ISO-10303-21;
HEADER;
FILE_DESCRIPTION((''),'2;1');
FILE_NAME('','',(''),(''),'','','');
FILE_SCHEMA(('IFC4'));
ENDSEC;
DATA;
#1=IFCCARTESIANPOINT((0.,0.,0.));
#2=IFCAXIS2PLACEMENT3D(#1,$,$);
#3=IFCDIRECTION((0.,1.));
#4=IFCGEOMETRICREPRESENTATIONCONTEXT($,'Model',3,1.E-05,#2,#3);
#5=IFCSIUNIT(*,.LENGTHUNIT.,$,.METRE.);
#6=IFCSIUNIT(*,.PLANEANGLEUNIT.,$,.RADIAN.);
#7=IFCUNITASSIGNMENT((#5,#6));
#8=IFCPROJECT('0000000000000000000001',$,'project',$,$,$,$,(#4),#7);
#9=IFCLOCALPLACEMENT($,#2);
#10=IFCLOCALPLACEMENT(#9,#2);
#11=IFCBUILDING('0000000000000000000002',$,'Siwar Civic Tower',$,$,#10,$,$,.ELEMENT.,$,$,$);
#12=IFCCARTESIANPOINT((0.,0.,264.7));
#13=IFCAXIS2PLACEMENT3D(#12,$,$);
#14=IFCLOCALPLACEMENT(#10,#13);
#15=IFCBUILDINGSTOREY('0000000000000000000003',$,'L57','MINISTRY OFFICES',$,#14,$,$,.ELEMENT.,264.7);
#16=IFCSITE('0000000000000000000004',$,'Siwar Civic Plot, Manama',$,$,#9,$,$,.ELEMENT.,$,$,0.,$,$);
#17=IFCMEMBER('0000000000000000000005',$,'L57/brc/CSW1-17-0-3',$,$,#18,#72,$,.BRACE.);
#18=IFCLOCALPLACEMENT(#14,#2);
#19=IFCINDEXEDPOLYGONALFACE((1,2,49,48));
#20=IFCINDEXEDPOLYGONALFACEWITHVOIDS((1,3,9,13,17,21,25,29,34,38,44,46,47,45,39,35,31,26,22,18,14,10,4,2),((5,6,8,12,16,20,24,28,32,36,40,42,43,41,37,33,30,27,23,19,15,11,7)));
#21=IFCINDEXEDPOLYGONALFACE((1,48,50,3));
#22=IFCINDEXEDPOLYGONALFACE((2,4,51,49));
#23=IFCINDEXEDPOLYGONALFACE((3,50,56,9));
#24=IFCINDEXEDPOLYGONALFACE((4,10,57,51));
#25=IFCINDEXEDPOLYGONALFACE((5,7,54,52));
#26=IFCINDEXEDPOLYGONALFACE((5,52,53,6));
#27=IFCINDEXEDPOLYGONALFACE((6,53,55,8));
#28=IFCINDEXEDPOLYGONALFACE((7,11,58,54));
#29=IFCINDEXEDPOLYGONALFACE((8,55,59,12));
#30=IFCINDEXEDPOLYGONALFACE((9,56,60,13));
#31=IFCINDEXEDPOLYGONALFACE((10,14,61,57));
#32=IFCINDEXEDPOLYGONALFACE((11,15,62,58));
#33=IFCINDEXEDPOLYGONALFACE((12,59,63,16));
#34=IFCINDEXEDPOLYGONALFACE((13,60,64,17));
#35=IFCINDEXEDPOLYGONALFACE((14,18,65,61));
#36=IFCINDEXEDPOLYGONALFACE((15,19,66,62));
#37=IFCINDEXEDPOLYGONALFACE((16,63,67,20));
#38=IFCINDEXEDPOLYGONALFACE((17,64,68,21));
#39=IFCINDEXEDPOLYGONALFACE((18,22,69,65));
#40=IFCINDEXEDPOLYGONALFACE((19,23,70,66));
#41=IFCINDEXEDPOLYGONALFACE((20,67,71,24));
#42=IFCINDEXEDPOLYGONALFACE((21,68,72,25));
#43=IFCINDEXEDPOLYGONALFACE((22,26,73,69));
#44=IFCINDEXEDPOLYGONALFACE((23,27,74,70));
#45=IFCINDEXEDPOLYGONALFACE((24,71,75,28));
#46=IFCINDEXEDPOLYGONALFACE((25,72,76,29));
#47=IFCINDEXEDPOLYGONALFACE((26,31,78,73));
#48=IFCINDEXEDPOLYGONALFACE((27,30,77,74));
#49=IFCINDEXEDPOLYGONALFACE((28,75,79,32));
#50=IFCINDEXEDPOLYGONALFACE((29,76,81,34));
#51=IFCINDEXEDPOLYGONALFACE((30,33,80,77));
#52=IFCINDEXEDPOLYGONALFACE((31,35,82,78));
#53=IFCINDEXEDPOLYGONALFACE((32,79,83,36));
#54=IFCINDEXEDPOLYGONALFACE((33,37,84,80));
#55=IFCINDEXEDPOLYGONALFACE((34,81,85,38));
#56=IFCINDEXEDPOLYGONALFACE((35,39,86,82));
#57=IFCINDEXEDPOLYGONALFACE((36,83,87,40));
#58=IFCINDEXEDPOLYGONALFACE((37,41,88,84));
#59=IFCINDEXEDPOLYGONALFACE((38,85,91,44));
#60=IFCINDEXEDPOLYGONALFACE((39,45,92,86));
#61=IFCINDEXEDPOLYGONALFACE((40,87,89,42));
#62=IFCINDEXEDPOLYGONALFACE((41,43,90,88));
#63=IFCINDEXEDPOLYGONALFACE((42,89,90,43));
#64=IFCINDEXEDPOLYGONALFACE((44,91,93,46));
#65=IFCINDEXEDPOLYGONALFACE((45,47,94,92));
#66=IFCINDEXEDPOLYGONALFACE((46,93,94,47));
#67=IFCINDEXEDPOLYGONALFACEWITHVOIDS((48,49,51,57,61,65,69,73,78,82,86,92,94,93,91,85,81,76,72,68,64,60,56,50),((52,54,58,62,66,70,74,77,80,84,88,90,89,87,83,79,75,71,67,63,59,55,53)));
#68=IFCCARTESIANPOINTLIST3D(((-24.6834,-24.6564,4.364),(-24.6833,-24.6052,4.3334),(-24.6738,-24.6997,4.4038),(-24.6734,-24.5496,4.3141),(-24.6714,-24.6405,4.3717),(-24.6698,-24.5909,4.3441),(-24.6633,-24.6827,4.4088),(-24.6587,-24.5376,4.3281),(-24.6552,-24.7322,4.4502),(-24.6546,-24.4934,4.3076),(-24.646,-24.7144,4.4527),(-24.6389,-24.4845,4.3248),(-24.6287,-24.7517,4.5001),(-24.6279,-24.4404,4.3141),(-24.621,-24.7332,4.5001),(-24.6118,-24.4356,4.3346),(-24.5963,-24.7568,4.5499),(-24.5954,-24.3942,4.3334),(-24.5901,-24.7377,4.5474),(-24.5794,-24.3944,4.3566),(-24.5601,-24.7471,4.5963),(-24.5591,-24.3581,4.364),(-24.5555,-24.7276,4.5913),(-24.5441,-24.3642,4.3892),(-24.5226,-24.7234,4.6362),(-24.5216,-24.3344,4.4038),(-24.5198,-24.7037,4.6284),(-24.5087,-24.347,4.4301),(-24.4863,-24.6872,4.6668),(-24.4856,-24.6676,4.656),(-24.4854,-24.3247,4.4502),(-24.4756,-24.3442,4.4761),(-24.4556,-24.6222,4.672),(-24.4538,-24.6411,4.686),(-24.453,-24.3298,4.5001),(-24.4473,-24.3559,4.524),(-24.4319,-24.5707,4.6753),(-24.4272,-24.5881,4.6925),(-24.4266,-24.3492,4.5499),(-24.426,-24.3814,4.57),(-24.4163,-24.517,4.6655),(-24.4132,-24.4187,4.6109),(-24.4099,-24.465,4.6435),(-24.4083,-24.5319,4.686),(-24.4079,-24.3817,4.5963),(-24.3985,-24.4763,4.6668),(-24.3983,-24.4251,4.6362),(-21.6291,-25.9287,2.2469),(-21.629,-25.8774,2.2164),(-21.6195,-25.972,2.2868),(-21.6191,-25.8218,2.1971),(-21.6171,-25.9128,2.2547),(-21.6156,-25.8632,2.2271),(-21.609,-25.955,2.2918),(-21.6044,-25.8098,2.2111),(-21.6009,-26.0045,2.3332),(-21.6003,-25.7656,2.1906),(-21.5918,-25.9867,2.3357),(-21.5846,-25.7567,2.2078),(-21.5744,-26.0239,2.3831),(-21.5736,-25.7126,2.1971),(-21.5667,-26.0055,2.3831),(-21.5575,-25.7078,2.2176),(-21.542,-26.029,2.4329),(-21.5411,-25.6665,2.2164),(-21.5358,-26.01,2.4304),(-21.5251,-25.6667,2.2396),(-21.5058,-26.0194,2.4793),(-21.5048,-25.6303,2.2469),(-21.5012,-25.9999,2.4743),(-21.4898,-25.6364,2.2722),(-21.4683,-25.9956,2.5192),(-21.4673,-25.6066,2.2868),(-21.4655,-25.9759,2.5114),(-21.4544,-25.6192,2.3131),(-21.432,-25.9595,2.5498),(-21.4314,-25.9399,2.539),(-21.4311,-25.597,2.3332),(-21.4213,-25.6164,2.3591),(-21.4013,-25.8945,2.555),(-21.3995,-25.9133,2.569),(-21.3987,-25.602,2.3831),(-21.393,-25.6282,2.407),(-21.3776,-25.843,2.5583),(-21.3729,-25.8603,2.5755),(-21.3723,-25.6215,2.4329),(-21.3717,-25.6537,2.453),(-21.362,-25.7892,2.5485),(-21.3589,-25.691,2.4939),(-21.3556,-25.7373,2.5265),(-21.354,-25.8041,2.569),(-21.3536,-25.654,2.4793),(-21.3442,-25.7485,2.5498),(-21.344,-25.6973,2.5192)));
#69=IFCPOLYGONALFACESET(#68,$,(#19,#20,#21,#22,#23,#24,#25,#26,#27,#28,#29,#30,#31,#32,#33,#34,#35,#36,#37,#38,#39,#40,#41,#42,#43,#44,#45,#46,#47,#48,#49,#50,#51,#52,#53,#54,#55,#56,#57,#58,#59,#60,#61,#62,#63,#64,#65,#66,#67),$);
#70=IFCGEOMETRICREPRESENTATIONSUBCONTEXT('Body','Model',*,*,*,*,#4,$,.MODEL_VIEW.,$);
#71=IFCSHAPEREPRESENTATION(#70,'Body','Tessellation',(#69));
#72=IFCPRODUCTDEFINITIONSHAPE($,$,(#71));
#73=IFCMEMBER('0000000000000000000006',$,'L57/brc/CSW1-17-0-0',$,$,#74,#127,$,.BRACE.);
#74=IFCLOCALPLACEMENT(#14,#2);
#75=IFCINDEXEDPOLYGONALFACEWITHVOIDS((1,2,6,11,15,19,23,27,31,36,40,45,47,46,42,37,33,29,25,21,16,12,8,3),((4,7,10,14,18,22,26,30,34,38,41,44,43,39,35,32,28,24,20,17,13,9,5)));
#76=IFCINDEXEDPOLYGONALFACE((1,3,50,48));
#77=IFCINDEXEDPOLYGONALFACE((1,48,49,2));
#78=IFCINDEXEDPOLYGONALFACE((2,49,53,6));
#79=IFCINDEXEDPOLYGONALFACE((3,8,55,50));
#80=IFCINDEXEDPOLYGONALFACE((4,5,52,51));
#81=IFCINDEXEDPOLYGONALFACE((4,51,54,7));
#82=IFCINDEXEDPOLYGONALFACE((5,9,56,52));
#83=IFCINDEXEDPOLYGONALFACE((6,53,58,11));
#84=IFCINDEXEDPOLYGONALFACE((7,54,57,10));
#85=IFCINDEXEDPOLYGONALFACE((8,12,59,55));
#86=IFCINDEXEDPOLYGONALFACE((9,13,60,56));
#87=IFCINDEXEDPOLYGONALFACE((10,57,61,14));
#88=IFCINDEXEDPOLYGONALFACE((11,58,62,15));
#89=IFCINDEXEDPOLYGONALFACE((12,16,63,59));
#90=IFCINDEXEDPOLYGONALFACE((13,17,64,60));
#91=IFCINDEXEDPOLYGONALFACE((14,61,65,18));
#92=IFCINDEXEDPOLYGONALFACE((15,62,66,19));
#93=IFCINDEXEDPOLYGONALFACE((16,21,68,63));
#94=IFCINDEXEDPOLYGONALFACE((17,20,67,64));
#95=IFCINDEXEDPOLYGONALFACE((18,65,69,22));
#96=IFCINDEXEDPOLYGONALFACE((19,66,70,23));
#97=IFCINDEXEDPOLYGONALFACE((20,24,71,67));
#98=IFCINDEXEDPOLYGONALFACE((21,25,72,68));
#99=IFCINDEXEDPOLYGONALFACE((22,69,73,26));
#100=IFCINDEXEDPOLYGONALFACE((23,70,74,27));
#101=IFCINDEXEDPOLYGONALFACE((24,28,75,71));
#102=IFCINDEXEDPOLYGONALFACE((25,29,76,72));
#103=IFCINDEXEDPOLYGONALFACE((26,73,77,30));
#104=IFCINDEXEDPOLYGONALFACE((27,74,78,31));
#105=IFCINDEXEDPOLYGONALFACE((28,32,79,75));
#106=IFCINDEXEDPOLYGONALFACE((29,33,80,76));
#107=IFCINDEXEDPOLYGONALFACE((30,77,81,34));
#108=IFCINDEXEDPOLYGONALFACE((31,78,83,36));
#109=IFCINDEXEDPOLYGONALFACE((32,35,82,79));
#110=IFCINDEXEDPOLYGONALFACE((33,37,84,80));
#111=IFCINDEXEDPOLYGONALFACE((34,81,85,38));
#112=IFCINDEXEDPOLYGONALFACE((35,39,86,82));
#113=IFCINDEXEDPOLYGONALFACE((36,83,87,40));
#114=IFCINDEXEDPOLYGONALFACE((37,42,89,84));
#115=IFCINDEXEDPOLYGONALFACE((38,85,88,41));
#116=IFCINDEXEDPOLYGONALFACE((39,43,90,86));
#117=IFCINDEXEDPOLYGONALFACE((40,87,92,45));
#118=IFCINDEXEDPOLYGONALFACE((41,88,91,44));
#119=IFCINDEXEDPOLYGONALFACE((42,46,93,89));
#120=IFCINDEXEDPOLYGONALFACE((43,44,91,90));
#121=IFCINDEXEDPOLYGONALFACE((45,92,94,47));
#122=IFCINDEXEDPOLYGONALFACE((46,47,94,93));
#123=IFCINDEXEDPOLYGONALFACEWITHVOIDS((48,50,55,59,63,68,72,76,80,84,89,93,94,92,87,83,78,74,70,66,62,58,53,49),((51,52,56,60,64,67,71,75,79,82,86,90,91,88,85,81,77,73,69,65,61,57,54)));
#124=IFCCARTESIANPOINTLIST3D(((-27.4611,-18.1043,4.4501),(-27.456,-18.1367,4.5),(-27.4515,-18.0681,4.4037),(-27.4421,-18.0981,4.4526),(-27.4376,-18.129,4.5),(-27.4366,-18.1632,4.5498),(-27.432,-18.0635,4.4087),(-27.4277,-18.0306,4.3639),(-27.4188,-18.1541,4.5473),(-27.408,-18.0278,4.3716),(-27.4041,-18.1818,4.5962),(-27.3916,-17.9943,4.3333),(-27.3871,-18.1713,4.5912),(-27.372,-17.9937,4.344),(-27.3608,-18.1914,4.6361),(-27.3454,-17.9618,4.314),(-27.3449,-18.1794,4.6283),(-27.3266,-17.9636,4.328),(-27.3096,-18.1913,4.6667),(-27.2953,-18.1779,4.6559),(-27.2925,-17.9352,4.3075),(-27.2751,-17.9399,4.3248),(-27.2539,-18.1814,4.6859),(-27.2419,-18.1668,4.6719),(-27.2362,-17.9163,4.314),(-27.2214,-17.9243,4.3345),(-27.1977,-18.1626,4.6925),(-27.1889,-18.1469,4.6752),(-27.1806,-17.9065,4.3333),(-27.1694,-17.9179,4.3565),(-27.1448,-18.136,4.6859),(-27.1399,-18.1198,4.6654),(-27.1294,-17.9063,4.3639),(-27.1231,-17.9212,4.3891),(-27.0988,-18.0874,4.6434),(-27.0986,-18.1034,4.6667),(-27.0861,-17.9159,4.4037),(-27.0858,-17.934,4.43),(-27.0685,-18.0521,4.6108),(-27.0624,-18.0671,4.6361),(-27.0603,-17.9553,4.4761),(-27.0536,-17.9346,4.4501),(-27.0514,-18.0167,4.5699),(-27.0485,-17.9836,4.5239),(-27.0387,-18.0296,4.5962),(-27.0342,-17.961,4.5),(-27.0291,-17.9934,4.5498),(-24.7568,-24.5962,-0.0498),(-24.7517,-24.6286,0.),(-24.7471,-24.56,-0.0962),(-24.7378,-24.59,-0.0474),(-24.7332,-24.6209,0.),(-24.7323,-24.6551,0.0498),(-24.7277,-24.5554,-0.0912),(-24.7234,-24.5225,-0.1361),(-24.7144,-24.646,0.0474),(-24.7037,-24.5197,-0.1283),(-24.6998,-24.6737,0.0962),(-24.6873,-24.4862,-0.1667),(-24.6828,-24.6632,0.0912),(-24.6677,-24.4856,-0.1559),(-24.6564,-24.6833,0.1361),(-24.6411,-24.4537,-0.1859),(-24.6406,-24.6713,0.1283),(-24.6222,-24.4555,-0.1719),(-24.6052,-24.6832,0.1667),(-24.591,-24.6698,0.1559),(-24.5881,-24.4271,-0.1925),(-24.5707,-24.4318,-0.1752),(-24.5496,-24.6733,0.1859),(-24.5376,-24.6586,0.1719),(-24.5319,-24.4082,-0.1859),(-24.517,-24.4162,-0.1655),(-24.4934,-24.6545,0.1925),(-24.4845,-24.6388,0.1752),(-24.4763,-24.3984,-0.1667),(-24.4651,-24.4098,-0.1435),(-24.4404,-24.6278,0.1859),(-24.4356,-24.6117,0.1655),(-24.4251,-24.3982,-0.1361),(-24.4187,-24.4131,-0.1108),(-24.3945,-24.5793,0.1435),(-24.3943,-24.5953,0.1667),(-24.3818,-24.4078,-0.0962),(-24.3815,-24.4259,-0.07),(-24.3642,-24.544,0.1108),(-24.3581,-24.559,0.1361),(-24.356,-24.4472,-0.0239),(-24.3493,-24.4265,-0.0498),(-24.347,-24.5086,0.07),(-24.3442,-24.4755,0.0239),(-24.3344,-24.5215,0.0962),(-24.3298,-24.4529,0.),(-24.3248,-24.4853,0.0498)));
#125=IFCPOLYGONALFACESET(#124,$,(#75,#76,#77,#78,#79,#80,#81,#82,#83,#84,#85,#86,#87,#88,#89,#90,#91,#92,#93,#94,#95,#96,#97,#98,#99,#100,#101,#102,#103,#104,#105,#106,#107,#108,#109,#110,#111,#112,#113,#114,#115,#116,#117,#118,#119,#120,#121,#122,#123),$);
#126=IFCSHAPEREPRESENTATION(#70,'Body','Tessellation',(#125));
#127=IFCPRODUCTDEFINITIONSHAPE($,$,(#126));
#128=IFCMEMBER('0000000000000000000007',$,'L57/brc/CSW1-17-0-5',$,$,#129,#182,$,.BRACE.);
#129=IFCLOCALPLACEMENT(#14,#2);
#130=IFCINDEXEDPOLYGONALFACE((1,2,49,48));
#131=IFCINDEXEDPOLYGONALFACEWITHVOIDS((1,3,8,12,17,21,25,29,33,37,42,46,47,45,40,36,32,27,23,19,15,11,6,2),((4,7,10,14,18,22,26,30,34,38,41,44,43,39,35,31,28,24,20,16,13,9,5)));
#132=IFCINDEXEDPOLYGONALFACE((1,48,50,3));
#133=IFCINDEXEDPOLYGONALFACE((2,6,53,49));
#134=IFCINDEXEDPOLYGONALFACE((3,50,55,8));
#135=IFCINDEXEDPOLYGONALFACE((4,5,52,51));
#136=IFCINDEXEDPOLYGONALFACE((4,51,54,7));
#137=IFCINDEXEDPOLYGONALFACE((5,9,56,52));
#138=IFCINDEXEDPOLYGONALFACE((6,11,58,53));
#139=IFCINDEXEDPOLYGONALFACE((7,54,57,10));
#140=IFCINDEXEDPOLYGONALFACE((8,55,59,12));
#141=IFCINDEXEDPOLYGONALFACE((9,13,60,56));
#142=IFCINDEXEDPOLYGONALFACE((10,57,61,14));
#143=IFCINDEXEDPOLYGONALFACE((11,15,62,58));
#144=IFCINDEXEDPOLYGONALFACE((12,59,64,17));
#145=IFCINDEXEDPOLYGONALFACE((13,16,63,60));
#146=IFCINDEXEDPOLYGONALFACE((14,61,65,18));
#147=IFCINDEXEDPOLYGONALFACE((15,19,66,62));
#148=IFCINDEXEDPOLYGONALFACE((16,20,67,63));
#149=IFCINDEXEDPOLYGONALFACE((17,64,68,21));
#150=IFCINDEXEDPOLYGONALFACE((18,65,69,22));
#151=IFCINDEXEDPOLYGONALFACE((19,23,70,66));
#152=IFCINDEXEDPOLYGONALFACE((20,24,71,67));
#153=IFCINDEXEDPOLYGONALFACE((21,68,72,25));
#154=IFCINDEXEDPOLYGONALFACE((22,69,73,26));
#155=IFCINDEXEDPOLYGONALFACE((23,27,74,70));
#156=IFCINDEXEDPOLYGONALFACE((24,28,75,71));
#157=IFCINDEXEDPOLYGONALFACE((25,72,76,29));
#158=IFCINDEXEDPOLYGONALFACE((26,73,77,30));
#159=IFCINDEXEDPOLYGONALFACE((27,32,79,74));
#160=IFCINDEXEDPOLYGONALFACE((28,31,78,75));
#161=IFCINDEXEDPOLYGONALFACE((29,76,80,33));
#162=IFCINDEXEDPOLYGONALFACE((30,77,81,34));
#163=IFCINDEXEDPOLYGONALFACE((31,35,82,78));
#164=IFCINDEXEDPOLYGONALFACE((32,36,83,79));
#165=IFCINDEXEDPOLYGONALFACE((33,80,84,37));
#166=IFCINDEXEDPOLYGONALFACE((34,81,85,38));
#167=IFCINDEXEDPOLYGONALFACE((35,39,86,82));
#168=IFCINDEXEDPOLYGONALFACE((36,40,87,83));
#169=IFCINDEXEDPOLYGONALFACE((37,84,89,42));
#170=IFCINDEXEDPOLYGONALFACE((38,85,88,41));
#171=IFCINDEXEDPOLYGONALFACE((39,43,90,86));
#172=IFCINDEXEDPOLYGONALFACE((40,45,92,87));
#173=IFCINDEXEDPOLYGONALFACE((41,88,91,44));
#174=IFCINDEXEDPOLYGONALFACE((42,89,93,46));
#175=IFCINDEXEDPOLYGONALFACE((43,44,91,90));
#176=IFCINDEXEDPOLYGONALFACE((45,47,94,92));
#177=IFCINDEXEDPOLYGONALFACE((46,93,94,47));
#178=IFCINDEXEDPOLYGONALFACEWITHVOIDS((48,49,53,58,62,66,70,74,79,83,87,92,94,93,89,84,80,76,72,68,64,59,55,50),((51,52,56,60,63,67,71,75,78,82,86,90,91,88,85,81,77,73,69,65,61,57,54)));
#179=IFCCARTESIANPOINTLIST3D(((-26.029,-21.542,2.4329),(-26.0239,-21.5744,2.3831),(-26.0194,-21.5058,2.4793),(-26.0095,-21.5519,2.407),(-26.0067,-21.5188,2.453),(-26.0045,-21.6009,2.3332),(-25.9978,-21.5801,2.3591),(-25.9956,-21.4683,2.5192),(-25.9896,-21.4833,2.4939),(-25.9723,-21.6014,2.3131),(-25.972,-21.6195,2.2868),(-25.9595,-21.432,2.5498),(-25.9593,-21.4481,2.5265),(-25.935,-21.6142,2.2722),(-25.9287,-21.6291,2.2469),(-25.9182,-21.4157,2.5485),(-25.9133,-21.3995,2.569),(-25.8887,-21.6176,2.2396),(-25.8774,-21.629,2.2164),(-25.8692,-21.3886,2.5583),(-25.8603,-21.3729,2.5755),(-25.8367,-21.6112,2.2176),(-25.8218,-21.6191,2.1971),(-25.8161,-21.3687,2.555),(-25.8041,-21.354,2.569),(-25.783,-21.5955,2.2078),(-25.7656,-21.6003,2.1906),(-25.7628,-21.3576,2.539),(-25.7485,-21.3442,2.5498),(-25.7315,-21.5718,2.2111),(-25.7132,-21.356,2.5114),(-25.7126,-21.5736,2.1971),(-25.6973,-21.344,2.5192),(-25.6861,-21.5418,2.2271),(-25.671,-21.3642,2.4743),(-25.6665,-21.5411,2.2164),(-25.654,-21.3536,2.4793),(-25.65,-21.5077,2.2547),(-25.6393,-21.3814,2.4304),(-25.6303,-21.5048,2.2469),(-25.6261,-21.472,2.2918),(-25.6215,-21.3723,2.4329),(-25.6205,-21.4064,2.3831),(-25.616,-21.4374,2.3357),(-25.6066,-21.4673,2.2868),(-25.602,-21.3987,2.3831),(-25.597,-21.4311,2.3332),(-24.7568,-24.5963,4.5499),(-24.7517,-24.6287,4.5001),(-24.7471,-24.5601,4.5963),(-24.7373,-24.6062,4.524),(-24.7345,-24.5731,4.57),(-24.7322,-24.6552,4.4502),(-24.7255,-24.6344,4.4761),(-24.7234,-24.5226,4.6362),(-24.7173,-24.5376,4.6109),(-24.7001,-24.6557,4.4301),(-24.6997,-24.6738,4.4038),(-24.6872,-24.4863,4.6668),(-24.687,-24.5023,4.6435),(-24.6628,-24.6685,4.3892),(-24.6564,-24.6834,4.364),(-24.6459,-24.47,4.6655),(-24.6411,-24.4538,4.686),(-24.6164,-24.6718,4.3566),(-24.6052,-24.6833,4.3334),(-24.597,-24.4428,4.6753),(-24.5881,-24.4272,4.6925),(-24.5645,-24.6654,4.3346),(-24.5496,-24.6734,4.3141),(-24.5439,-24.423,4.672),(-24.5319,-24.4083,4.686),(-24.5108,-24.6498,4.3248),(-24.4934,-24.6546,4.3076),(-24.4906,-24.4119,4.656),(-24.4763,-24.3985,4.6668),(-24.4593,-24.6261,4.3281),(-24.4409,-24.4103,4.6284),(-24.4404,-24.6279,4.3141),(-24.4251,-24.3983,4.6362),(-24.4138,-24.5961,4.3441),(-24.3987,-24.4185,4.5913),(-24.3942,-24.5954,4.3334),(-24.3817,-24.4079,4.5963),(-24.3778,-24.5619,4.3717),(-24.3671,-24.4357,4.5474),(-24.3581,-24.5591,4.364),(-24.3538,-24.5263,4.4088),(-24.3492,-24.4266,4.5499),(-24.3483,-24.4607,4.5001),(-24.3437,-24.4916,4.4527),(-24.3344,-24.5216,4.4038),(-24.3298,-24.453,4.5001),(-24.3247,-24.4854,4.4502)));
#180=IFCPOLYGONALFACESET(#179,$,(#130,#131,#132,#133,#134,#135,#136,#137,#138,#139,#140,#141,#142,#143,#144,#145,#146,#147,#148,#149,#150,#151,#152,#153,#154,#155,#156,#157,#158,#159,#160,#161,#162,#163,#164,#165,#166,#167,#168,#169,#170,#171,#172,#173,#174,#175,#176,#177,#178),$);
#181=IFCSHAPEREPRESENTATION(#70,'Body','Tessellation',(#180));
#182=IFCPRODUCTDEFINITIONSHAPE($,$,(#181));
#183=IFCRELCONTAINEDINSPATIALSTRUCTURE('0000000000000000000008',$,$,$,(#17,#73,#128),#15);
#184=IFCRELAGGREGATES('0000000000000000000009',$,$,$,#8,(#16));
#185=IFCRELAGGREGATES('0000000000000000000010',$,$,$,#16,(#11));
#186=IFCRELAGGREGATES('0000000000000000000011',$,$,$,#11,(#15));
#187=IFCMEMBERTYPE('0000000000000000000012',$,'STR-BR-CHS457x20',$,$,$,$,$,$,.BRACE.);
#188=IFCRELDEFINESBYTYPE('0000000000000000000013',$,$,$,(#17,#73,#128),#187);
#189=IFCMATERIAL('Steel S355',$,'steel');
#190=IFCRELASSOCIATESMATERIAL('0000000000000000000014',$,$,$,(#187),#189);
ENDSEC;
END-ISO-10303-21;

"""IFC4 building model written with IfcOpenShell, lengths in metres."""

from ifc_helpers import new_model, si_unit, direction, frame, origin, origin_2d, place, context, subcontext, project, spatial, hollow_circle, extrude, material, material_profile, profile_set, type_object, element, save


model = new_model("IFC4")

# Units and contexts
model_context = context("Model", 3, precision=1e-05, world=origin(), true_north=direction((0.0, 1.0)))
body_context = subcontext(model_context, "Body", "Model", "MODEL_VIEW")
ifc_project = project(units=[si_unit("LENGTHUNIT", "METRE"), si_unit("PLANEANGLEUNIT", "RADIAN")], contexts=[model_context])

# Site, building, storey
site_placement = place(None, origin())
site = spatial("IfcSite", under=ifc_project, at=site_placement, Name="Siwar Civic Plot, Manama", CompositionType="ELEMENT", RefElevation=0.0)
building_placement = place(site_placement, origin())
building = spatial("IfcBuilding", under=site, at=building_placement, Name="Siwar Civic Tower", CompositionType="ELEMENT")
storey_placement = place(building_placement, frame((0.0, 0.0, 264.7)))
storey = spatial("IfcBuildingStorey", under=building, at=storey_placement, Name="L57", Description="MINISTRY OFFICES", CompositionType="ELEMENT", Elevation=264.7)

# Members
ifc_material_1 = material(Name="Steel S355", Category="steel")
ifc_material_profile_1 = material_profile(ifc_material_1, hollow_circle(Radius=0.2285, WallThickness=0.02, at=origin_2d()), Name="CHS457x20")
ifc_profile_set_1 = profile_set([ifc_material_profile_1], Name="Steel S355")
member_type_1 = type_object("IfcMemberType", Name="STR-BR-CHS457x20", PredefinedType="BRACE", material=ifc_profile_set_1)
for number, where, z_axis, x_axis, name in (
    (1, (-21.4866, -25.813, 2.3831), (-0.777572, 0.323895, 0.538955), (-0.384521, -0.923116, 0.0), "L57/brc/CSW1-17-0-3"),
):
    element("IfcMember", number, at=place(storey_placement, frame(where, z_axis=z_axis, x_axis=x_axis)), inside=storey, type_object=member_type_1, Name=name, PredefinedType="BRACE", context=body_context, shape_type="SweptSolid", body=[
        extrude(hollow_circle(Radius=0.2285, WallThickness=0.02, at=origin_2d()), origin(), (0.0, 0.0, 1.0), 3.928),
    ])
member_1_placement = place(storey_placement, frame((-24.5408, -24.5408, 0.0), z_axis=(-0.323906, 0.777555, 0.538975), x_axis=(-0.923109, -0.384539, 0.0)))
element("IfcMember", 2, at=member_1_placement, inside=storey, type_object=member_type_1, Name="L57/brc/CSW1-17-0-0", PredefinedType="BRACE", context=body_context, shape_type="SweptSolid", body=[
    extrude(hollow_circle(Radius=0.2285, WallThickness=0.02, at=origin_2d()), origin(), (0.0, 0.0, 1.0), 8.3491),
])
member_2_placement = place(storey_placement, frame((-25.813, -21.4866, 2.3831), z_axis=(0.323895, -0.777572, 0.538955), x_axis=(0.923116, 0.384521, 0.0)))
element("IfcMember", 3, at=member_2_placement, inside=storey, type_object=member_type_1, Name="L57/brc/CSW1-17-0-5", PredefinedType="BRACE", context=body_context, shape_type="SweptSolid", body=[
    extrude(hollow_circle(Radius=0.2285, WallThickness=0.02, at=origin_2d()), origin(), (0.0, 0.0, 1.0), 3.928),
])

save(model, "model.ifc")
